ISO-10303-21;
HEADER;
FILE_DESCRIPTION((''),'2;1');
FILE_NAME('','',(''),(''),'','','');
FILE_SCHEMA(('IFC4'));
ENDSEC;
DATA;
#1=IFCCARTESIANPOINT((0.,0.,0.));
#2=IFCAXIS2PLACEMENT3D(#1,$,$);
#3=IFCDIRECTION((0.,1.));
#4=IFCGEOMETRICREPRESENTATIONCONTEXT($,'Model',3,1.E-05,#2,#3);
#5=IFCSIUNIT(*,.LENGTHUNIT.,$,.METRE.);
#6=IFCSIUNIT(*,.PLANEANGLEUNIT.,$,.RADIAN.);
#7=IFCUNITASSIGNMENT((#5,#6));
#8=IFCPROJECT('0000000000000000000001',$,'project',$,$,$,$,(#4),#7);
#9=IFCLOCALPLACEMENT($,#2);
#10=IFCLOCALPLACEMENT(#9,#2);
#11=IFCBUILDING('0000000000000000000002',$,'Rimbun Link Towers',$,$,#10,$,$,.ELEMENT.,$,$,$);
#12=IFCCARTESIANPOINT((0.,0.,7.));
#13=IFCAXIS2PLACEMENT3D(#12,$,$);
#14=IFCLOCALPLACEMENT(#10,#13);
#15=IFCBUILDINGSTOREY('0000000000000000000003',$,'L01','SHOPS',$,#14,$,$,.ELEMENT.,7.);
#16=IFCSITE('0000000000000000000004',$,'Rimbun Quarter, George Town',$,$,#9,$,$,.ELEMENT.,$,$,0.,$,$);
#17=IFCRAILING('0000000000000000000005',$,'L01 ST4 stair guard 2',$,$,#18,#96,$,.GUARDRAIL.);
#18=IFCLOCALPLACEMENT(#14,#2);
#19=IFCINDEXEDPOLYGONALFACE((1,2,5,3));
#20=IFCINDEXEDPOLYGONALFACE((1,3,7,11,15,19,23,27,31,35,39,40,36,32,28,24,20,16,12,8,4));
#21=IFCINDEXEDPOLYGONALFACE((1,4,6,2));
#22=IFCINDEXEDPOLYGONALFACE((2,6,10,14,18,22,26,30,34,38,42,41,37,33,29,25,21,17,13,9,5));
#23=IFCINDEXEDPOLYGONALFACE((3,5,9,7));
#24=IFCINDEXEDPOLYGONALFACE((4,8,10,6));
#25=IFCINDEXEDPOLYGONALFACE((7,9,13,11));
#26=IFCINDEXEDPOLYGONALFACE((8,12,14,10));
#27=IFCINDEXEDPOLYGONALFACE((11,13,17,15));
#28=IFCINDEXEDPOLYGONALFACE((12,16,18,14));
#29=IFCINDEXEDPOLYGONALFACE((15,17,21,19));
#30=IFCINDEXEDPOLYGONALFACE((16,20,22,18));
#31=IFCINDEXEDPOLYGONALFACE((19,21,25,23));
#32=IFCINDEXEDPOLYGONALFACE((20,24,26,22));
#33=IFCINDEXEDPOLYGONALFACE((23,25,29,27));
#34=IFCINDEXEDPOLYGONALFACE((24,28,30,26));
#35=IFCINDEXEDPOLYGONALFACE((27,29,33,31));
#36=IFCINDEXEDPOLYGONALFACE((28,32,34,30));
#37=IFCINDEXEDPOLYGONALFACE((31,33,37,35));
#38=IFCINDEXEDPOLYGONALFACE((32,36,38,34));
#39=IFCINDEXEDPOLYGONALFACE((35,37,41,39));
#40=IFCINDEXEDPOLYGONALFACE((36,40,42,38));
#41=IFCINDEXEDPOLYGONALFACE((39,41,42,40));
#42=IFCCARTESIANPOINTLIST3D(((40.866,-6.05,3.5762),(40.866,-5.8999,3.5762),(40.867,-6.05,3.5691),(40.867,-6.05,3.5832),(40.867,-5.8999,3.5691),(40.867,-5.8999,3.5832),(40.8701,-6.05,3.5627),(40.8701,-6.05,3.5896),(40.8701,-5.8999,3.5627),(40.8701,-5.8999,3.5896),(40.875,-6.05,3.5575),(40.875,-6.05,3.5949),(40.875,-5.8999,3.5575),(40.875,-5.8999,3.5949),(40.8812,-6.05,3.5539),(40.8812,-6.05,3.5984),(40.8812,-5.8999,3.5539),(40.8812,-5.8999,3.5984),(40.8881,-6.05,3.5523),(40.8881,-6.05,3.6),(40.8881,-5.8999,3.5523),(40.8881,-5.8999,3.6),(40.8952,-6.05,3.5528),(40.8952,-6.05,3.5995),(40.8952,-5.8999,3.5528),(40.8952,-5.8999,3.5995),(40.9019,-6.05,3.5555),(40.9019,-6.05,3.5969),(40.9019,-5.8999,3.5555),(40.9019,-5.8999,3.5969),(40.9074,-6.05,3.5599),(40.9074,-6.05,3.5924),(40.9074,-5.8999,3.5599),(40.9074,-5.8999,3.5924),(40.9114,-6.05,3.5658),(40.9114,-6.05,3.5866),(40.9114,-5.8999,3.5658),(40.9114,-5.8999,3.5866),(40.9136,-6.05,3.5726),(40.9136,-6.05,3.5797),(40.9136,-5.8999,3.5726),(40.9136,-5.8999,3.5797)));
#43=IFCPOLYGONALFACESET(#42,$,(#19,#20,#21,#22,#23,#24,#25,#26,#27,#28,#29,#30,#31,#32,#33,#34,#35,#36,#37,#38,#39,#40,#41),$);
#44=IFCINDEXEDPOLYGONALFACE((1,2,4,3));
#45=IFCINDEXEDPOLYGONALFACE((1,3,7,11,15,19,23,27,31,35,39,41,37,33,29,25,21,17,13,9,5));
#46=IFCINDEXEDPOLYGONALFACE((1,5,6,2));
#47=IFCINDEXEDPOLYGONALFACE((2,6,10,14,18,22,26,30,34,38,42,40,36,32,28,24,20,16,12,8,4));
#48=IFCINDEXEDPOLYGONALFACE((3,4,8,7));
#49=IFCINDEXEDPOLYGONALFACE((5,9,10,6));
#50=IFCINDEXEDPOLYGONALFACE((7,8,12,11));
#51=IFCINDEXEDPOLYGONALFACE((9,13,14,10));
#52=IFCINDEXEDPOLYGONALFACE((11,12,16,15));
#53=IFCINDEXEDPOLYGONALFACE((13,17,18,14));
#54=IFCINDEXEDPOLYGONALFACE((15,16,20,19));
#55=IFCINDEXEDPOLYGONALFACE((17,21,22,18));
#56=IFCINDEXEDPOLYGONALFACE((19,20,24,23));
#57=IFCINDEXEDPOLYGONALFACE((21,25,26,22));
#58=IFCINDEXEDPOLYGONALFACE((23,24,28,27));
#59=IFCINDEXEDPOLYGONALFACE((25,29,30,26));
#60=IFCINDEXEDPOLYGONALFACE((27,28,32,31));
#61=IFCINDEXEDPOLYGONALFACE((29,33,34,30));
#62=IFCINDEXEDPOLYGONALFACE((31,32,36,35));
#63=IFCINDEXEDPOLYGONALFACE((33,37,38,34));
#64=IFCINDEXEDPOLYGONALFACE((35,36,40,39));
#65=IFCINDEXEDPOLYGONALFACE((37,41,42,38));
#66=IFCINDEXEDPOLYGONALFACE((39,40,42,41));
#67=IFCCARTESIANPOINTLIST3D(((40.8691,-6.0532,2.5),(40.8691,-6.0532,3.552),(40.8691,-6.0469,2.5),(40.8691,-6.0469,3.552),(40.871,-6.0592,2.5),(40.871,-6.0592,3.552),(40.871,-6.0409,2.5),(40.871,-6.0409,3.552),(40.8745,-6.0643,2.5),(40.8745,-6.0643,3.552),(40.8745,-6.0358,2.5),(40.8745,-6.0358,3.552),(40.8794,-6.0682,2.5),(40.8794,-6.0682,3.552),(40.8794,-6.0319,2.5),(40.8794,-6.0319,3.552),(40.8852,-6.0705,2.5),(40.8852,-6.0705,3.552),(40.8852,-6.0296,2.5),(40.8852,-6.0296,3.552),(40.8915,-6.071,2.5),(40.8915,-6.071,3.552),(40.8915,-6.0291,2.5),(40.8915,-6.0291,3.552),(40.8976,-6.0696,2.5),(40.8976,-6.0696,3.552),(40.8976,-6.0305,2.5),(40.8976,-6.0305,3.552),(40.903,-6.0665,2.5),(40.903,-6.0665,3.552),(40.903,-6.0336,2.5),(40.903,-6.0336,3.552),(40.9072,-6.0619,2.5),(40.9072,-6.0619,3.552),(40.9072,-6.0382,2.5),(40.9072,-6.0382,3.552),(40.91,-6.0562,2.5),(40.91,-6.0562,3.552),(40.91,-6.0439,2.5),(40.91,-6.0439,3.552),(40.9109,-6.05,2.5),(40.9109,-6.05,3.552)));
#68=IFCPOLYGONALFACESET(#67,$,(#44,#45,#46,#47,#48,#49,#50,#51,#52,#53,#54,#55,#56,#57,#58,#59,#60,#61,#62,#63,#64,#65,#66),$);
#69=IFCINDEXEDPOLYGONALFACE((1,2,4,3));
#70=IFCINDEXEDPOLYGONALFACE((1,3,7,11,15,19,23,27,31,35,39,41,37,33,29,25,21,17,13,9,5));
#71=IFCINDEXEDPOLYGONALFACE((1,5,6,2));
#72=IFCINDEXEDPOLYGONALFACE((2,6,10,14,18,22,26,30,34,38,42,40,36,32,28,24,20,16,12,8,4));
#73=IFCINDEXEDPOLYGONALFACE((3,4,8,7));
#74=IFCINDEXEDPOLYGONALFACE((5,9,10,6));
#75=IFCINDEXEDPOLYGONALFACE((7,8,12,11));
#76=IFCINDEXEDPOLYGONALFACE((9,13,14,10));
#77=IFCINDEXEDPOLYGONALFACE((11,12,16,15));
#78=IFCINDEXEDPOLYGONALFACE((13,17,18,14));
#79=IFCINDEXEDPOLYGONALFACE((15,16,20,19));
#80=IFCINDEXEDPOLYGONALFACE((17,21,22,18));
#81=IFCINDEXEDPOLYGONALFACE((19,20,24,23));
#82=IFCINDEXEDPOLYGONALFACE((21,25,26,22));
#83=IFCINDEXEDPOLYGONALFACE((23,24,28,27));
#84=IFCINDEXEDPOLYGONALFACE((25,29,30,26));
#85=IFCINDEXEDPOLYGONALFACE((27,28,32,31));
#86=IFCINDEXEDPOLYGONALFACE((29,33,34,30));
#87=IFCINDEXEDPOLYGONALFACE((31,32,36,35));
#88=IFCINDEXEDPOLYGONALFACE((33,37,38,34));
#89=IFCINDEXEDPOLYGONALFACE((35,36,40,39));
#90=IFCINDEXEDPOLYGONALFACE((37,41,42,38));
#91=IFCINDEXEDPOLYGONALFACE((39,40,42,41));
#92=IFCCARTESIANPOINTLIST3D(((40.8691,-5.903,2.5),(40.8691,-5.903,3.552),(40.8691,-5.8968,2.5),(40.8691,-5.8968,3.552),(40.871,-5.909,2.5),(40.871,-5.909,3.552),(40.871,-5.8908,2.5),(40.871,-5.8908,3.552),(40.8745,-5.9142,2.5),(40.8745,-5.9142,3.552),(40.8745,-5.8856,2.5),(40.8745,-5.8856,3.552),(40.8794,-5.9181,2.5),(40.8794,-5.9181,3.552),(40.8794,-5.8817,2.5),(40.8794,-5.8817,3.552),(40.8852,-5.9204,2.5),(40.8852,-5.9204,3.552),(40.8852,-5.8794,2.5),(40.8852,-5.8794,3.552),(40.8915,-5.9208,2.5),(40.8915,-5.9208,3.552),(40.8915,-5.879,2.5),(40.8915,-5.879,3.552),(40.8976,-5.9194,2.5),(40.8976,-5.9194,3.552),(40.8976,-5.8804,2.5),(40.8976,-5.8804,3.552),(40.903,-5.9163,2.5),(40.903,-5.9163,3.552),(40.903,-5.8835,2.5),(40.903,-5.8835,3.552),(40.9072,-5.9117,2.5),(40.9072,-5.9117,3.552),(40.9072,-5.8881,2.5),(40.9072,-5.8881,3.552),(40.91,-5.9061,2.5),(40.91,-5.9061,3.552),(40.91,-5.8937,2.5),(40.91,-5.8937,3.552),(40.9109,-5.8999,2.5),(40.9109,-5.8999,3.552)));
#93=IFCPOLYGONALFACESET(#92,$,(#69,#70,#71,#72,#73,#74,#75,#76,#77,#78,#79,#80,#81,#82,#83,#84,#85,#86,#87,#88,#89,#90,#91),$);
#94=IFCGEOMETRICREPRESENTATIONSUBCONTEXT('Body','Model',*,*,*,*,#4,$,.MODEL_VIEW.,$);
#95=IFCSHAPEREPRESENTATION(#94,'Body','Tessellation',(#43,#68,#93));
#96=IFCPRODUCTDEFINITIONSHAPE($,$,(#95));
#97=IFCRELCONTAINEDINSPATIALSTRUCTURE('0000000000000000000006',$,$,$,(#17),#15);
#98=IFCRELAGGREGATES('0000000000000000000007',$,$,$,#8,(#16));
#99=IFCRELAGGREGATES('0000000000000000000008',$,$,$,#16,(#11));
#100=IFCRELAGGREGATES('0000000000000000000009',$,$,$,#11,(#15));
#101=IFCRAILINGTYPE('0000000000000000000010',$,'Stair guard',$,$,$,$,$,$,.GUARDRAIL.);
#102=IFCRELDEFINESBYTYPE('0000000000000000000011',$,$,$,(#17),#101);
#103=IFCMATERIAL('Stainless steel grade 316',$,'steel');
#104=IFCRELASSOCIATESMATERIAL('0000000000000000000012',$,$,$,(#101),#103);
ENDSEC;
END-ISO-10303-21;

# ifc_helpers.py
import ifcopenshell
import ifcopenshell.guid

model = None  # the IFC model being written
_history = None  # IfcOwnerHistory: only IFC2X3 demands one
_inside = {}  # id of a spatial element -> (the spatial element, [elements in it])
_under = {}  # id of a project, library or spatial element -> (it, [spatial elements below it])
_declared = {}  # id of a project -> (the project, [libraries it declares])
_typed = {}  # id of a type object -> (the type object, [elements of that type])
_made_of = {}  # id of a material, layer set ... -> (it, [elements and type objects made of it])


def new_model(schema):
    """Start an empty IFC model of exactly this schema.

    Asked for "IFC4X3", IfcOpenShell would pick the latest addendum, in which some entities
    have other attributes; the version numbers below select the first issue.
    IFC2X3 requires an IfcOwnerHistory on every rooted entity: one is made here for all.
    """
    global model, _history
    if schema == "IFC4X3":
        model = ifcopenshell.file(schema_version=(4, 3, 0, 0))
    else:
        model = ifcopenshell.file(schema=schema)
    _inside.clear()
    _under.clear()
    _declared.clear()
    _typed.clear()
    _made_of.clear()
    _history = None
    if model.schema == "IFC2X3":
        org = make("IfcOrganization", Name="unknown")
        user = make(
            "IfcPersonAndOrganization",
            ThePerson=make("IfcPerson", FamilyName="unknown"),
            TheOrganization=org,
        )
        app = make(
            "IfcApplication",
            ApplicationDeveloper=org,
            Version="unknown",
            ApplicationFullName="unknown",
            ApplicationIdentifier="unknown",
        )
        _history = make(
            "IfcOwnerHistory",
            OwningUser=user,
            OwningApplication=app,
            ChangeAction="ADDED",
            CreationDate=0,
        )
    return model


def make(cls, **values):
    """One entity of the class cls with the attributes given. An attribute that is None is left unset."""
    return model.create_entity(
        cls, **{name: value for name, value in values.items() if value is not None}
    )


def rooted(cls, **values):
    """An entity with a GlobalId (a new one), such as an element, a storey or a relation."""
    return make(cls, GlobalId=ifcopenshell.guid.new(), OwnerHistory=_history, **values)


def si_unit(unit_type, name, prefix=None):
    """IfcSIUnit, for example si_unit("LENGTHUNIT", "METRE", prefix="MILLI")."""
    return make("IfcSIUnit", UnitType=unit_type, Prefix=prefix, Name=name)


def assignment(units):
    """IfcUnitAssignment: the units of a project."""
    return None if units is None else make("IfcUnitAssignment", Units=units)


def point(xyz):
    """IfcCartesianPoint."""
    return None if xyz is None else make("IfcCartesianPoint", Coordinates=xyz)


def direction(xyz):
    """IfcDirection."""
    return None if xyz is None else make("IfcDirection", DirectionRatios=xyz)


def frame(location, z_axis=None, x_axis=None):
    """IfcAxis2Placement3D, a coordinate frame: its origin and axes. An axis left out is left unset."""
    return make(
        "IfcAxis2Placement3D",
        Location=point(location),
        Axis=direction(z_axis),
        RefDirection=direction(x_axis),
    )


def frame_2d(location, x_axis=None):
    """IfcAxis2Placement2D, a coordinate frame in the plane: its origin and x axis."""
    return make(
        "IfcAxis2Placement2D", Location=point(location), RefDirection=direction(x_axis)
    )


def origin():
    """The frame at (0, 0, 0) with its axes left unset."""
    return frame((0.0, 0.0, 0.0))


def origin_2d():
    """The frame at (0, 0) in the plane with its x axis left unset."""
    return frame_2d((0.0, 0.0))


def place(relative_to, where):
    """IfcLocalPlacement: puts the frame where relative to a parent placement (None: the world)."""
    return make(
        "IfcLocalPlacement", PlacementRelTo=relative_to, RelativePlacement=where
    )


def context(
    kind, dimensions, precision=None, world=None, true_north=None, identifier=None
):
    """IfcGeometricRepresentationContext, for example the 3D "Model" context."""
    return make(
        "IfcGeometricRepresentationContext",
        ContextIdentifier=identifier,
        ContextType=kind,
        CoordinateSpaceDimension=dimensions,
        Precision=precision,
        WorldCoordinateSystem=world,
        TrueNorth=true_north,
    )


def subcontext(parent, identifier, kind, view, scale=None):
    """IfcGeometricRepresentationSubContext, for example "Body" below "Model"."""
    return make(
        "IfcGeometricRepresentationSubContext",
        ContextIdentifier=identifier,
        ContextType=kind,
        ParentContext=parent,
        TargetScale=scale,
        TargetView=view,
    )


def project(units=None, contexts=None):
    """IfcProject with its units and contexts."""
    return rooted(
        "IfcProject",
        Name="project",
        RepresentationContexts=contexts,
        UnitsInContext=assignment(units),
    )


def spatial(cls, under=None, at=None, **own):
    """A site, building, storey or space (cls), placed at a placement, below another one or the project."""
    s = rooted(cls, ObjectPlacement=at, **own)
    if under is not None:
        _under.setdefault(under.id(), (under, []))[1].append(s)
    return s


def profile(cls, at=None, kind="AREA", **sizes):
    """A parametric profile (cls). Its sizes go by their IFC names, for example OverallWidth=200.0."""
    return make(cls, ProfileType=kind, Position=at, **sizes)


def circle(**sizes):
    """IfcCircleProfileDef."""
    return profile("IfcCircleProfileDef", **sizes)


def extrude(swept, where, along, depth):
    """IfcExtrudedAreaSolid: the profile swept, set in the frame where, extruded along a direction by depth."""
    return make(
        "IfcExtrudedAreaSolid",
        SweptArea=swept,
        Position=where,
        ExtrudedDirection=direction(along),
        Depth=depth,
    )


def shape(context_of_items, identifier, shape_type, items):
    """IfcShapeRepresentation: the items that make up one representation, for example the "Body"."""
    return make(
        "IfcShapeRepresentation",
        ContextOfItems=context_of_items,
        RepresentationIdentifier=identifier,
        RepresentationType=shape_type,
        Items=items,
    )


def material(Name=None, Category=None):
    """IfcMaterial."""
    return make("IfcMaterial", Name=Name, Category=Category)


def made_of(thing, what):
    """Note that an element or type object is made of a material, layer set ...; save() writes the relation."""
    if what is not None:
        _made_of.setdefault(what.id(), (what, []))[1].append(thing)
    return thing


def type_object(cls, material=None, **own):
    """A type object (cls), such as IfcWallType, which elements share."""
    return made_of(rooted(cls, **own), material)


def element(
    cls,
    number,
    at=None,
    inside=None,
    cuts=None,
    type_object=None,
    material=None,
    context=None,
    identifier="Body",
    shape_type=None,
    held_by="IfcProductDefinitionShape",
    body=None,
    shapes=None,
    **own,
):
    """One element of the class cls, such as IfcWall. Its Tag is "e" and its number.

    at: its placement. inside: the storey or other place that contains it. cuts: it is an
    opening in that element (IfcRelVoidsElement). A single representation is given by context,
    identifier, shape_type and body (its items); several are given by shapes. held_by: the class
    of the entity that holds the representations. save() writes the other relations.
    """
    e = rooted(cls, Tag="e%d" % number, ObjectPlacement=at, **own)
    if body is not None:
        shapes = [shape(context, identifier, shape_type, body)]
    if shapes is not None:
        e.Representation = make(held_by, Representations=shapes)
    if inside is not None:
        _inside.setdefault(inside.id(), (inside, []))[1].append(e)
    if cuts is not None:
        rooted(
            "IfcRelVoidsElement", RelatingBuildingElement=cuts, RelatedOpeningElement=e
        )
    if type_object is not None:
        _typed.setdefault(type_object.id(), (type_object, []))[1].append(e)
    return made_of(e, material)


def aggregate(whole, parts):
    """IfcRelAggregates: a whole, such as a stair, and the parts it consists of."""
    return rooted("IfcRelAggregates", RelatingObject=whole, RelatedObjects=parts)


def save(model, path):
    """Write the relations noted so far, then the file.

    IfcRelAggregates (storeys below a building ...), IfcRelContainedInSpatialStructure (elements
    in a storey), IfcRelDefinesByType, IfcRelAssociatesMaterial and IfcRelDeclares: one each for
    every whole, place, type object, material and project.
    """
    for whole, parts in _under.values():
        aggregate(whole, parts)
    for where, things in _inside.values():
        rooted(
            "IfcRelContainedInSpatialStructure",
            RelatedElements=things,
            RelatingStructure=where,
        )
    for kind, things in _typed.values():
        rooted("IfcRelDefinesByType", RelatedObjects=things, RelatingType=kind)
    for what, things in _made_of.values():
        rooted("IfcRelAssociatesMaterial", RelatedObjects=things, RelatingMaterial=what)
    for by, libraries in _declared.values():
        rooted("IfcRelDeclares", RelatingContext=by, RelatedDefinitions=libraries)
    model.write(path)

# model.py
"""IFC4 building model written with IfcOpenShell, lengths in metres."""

from ifc_helpers import new_model, si_unit, direction, frame, origin, origin_2d, place, context, subcontext, project, spatial, circle, extrude, material, type_object, element, save


model = new_model("IFC4")

# Units and contexts
model_context = context("Model", 3, precision=1e-05, world=origin(), true_north=direction((0.0, 1.0)))
body_context = subcontext(model_context, "Body", "Model", "MODEL_VIEW")
ifc_project = project(units=[si_unit("LENGTHUNIT", "METRE"), si_unit("PLANEANGLEUNIT", "RADIAN")], contexts=[model_context])

# Site, building, storey
site_placement = place(None, origin())
site = spatial("IfcSite", under=ifc_project, at=site_placement, Name="Rimbun Quarter, George Town", CompositionType="ELEMENT", RefElevation=0.0)
building_placement = place(site_placement, origin())
building = spatial("IfcBuilding", under=site, at=building_placement, Name="Rimbun Link Towers", CompositionType="ELEMENT")
storey_placement = place(building_placement, frame((0.0, 0.0, 7.0)))
storey = spatial("IfcBuildingStorey", under=building, at=storey_placement, Name="L01", Description="SHOPS", CompositionType="ELEMENT", Elevation=7.0)

# Railing
ifc_material_1 = material(Name="Stainless steel grade 316", Category="steel")
railing_type_1 = type_object("IfcRailingType", Name="Stair guard", PredefinedType="GUARDRAIL", material=ifc_material_1)
railing_1_placement = place(storey_placement, frame((40.8899, -6.05, 2.5)))
element("IfcRailing", 1, at=railing_1_placement, inside=storey, type_object=railing_type_1, Name="L01 ST4 stair guard 2", PredefinedType="GUARDRAIL", context=body_context, shape_type="SweptSolid", body=[
    extrude(circle(Radius=0.0239, at=origin_2d()), frame((0.0, 0.0, 1.0762), z_axis=(0.0, 1.0, 0.0), x_axis=(-1.0, 0.0, 0.0)), (0.0, 0.0, 1.0), 0.1501),
    extrude(circle(Radius=0.021, at=origin_2d()), origin(), (0.0, 0.0, 1.0), 1.052),
    extrude(circle(Radius=0.021, at=origin_2d()), frame((0.0, 0.1501, 0.0)), (0.0, 0.0, 1.0), 1.052),
])

save(model, "model.ifc")
